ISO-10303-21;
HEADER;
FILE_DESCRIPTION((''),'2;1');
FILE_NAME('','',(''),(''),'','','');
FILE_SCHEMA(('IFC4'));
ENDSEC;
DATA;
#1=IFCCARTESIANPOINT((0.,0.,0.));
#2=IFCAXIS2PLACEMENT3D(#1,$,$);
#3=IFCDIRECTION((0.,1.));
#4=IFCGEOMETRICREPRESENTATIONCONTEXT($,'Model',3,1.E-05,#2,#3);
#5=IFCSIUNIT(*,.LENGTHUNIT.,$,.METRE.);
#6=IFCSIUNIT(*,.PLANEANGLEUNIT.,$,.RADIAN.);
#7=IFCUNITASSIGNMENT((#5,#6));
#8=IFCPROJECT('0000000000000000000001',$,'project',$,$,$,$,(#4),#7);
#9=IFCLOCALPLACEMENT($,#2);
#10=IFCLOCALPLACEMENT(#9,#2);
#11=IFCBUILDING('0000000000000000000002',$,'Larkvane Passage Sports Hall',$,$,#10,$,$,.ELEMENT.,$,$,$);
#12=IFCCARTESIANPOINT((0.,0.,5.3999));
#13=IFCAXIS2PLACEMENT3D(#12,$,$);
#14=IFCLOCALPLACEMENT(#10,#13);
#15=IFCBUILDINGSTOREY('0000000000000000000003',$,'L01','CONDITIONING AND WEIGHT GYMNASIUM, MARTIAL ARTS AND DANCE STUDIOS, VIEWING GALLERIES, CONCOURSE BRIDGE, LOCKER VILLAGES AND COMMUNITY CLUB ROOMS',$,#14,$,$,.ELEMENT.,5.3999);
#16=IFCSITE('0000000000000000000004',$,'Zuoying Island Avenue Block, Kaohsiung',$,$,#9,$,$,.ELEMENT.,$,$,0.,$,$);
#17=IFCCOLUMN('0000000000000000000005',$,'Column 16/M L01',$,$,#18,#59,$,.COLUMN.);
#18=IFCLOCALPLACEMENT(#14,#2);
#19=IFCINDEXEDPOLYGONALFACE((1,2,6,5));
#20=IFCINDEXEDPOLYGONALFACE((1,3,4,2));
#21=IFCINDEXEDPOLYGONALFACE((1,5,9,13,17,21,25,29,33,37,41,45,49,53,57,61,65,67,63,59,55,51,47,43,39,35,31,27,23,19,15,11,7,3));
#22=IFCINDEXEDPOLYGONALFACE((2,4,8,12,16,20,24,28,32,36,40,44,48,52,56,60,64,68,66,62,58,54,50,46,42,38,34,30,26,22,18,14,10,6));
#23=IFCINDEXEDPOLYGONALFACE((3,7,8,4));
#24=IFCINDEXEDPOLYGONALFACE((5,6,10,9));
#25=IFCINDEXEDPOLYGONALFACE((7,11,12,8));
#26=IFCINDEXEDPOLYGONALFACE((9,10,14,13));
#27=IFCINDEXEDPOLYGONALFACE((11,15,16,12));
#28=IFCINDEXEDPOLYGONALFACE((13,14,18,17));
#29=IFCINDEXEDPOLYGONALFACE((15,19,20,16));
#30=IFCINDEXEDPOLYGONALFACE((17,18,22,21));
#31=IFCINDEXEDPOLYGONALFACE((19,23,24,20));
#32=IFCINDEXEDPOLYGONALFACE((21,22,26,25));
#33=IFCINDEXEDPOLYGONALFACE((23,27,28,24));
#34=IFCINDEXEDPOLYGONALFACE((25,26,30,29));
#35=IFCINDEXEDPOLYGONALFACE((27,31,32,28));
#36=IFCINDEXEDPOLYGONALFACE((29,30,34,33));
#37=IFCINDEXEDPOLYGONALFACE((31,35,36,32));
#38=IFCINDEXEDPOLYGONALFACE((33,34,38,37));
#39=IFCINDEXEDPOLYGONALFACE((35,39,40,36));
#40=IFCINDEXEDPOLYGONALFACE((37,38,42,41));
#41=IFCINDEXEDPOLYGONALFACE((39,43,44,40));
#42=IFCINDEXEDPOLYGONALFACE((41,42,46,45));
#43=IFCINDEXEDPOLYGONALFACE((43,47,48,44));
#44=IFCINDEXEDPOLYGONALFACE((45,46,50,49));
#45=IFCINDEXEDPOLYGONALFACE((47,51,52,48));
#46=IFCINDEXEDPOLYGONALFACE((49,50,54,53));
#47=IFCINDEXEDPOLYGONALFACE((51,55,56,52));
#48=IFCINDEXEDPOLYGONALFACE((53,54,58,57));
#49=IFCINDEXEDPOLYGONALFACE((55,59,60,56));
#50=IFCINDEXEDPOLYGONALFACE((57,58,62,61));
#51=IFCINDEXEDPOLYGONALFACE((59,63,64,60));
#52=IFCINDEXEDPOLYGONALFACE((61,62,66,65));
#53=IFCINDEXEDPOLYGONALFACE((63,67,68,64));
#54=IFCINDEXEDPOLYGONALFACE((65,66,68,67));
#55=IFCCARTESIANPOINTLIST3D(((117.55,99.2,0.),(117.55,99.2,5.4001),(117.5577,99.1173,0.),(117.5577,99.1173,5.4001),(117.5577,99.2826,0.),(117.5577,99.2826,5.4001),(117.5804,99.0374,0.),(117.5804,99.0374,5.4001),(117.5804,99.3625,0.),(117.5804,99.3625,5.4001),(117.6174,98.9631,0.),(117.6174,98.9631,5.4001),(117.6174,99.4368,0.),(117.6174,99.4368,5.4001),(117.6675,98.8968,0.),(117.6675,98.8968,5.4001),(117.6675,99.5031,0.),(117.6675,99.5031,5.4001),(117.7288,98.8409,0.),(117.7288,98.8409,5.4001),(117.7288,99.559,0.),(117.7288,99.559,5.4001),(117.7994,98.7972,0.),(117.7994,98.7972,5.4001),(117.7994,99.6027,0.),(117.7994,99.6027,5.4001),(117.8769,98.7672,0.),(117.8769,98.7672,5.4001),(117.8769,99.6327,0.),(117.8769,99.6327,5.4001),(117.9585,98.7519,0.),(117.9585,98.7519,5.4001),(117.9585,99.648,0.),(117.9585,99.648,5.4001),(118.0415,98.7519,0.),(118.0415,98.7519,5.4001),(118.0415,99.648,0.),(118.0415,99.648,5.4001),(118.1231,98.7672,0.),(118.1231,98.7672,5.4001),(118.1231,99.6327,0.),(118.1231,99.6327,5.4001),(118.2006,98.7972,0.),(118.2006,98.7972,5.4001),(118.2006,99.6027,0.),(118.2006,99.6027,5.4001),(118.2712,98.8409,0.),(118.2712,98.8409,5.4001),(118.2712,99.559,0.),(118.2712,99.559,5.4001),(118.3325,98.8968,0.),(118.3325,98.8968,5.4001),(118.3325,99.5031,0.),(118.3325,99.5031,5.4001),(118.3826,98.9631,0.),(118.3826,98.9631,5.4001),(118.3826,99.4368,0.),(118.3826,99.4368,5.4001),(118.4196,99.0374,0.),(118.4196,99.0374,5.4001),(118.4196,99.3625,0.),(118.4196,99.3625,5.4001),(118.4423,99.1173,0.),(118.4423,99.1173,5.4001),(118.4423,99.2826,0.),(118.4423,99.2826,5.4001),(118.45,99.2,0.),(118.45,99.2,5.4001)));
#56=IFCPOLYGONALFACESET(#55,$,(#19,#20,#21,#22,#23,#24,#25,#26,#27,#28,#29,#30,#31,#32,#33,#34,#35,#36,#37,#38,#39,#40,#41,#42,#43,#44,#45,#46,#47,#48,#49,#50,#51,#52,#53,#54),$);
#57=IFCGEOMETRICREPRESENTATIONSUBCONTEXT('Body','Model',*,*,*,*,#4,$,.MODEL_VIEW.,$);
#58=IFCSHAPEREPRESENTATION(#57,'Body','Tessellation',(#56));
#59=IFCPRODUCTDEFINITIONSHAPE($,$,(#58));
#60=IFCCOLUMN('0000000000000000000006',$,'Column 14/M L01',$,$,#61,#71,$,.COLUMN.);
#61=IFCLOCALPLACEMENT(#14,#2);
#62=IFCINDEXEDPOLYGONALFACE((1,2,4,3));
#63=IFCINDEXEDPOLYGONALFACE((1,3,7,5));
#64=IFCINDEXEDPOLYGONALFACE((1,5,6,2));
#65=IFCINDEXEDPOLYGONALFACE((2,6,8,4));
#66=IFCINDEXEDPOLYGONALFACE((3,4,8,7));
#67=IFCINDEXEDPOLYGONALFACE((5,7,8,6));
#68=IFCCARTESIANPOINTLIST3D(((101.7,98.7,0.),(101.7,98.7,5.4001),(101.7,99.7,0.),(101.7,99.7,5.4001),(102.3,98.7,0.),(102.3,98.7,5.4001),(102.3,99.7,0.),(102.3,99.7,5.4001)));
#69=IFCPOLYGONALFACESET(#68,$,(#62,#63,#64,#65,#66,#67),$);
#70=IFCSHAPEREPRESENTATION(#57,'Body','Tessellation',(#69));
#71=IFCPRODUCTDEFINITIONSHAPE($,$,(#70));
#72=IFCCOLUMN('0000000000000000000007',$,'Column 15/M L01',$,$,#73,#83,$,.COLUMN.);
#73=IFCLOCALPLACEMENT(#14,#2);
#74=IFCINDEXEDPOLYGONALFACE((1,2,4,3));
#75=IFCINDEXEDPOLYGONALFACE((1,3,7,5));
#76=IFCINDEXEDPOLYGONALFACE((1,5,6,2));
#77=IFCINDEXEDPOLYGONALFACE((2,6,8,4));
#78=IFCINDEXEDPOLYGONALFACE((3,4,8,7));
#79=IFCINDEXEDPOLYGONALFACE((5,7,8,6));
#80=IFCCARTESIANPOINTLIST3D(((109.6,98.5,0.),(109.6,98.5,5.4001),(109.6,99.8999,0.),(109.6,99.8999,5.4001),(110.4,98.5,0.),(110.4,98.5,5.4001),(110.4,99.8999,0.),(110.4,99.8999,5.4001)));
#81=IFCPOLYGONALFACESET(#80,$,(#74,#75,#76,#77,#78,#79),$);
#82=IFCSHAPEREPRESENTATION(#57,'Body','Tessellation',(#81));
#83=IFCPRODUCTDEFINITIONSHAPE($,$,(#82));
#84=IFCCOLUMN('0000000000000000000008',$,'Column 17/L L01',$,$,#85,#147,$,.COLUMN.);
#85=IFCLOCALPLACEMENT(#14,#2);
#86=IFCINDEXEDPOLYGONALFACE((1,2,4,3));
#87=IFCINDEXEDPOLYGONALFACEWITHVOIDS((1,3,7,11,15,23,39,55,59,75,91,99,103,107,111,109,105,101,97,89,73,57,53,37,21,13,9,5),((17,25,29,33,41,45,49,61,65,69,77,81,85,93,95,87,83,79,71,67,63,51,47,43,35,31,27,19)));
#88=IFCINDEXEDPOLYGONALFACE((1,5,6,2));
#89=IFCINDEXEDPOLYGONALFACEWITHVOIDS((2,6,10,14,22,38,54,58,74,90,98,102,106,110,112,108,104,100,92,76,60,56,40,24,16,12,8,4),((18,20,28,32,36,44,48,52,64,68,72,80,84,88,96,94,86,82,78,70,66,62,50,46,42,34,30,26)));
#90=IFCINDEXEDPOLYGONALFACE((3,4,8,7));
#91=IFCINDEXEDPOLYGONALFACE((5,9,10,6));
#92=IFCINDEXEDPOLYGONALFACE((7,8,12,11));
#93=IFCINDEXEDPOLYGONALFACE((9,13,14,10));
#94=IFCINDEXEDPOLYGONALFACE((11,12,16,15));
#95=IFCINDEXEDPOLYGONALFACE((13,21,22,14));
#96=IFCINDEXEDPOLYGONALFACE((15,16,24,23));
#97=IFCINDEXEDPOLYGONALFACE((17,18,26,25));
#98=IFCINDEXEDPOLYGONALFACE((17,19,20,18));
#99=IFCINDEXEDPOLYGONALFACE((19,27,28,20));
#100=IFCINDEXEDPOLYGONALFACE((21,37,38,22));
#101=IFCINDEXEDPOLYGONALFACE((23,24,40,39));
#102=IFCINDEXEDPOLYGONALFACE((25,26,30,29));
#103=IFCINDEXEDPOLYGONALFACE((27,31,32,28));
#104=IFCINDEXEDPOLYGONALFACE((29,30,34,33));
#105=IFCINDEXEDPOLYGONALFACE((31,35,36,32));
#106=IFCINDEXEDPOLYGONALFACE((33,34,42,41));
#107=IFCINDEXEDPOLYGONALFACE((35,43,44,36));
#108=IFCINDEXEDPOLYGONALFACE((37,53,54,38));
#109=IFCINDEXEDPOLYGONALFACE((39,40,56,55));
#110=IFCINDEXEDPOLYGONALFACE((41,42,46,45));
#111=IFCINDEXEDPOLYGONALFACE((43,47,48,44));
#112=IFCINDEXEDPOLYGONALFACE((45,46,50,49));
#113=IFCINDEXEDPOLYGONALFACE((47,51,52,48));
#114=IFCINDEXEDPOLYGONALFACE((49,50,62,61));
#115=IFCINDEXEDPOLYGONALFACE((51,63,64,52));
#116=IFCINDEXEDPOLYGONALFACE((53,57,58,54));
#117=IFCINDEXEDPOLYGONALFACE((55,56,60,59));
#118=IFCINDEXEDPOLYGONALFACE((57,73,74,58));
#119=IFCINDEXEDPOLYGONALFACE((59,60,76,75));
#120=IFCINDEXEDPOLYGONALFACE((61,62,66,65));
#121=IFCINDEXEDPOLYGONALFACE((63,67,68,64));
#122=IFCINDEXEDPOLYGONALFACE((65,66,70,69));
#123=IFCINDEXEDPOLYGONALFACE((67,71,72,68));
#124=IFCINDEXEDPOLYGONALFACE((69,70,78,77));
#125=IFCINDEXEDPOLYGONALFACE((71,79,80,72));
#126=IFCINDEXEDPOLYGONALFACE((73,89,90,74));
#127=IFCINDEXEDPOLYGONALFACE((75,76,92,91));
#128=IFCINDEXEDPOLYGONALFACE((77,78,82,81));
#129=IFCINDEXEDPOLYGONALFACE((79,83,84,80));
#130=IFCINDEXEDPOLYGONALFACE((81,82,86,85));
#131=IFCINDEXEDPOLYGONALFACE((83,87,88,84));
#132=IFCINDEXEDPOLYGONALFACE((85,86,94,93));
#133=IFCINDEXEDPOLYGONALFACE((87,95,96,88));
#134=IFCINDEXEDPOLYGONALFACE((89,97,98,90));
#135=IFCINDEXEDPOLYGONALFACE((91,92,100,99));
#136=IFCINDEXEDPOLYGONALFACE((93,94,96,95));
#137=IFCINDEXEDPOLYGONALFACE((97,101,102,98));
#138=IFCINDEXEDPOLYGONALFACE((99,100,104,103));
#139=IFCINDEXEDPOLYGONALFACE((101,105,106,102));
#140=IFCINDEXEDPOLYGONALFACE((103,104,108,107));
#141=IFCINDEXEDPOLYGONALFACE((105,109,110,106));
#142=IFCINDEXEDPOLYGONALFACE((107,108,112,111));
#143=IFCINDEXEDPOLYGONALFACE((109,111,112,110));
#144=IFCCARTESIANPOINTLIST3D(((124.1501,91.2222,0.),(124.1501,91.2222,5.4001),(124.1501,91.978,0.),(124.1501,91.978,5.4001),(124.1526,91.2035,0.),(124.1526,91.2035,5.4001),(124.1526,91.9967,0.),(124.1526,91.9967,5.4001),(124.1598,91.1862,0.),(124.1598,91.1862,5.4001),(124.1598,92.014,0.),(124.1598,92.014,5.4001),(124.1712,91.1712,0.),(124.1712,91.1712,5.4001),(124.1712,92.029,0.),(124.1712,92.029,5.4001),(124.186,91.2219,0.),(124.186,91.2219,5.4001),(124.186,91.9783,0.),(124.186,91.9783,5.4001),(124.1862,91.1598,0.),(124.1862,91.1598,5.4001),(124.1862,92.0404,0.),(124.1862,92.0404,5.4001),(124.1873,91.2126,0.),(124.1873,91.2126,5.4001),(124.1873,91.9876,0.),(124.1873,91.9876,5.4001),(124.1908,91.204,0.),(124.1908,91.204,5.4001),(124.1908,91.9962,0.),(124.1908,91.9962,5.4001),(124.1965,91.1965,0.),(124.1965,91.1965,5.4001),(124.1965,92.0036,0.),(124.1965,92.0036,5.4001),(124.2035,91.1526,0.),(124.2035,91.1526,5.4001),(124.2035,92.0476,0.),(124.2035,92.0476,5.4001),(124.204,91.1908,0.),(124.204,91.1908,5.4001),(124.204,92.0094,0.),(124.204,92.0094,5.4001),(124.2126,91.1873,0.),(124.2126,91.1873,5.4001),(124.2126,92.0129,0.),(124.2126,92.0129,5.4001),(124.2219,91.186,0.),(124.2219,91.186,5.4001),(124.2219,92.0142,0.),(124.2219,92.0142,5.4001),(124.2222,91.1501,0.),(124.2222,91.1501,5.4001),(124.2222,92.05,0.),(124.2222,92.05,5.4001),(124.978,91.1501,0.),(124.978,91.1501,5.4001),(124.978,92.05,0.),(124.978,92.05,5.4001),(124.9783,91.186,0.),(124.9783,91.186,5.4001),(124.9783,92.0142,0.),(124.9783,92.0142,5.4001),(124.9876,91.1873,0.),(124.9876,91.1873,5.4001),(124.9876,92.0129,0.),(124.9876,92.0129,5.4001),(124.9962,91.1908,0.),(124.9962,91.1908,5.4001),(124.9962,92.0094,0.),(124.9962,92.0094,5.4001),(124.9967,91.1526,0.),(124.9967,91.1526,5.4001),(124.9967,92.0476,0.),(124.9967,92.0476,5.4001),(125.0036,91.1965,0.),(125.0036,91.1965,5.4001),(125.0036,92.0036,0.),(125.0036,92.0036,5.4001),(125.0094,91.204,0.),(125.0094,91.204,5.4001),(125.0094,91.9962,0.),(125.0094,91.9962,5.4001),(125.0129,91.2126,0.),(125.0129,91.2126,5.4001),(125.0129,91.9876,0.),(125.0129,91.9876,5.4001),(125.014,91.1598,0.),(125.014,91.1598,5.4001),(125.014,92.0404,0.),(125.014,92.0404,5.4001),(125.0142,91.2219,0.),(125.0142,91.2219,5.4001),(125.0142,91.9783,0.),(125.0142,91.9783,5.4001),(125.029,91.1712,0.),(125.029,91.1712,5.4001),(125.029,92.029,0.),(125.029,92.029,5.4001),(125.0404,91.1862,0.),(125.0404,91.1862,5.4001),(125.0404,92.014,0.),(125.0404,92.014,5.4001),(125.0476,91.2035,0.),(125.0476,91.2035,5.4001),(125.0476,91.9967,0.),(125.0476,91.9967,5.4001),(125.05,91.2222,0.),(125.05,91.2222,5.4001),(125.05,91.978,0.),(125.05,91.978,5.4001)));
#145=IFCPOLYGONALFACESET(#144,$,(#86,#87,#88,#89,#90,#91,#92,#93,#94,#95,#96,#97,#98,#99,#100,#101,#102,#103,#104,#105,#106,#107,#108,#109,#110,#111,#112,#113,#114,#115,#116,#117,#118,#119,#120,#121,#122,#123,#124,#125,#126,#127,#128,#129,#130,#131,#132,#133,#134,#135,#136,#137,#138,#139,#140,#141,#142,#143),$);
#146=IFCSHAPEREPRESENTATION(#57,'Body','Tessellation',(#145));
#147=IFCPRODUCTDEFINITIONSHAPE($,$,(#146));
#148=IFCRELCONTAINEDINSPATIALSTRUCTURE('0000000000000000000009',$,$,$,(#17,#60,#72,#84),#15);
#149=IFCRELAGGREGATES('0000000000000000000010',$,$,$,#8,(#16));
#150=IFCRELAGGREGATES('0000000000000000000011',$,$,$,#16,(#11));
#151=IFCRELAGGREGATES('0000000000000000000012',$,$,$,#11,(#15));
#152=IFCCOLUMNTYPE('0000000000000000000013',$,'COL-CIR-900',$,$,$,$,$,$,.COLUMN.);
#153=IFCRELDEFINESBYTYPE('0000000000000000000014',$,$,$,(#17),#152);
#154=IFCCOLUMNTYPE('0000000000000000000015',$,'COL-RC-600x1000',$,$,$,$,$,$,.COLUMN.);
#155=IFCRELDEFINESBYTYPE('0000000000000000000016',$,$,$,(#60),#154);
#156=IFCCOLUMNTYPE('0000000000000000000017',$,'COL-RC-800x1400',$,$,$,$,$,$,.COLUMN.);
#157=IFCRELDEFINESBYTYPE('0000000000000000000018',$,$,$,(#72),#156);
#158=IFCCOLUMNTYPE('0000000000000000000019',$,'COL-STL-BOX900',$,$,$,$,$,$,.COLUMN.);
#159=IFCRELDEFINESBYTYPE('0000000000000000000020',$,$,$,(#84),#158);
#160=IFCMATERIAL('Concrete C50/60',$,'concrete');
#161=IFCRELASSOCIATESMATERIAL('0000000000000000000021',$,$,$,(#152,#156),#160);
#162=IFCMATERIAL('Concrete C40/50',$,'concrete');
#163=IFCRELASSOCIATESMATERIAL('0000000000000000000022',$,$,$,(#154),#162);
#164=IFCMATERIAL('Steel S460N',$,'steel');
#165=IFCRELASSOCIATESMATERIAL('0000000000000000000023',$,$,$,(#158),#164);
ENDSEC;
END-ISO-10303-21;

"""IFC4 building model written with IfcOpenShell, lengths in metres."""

from ifc_helpers import new_model, si_unit, direction, frame, origin, origin_2d, place, context, subcontext, project, spatial, rectangle, hollow_rectangle, circle, extrude, material, material_profile, profile_set, type_object, element, save


model = new_model("IFC4")

# Units and contexts
model_context = context("Model", 3, precision=1e-05, world=origin(), true_north=direction((0.0, 1.0)))
body_context = subcontext(model_context, "Body", "Model", "MODEL_VIEW")
ifc_project = project(units=[si_unit("LENGTHUNIT", "METRE"), si_unit("PLANEANGLEUNIT", "RADIAN")], contexts=[model_context])

# Site, building, storey
site_placement = place(None, origin())
site = spatial("IfcSite", under=ifc_project, at=site_placement, Name="Zuoying Island Avenue Block, Kaohsiung", CompositionType="ELEMENT", RefElevation=0.0)
building_placement = place(site_placement, origin())
building = spatial("IfcBuilding", under=site, at=building_placement, Name="Larkvane Passage Sports Hall", CompositionType="ELEMENT")
storey_placement = place(building_placement, frame((0.0, 0.0, 5.3999)))
storey = spatial("IfcBuildingStorey", under=building, at=storey_placement, Name="L01", Description="CONDITIONING AND WEIGHT GYMNASIUM, MARTIAL ARTS AND DANCE STUDIOS, VIEWING GALLERIES, CONCOURSE BRIDGE, LOCKER VILLAGES AND COMMUNITY CLUB ROOMS", CompositionType="ELEMENT", Elevation=5.3999)

# Columns
ifc_material_1 = material(Name="Concrete C50/60", Category="concrete")
ifc_material_profile_1 = material_profile(ifc_material_1, circle(Radius=0.45, at=origin_2d()), Name="RC-CIR-900")
ifc_profile_set_1 = profile_set([ifc_material_profile_1], Name="Concrete C50/60")
column_type_1 = type_object("IfcColumnType", Name="COL-CIR-900", PredefinedType="COLUMN", material=ifc_profile_set_1)
column_1_placement = place(storey_placement, frame((118.0, 99.2, 0.0), z_axis=(0.0, 0.0, 1.0), x_axis=(1.0, 0.0, 0.0)))
element("IfcColumn", 1, at=column_1_placement, inside=storey, type_object=column_type_1, Name="Column 16/M L01", PredefinedType="COLUMN", context=body_context, shape_type="SweptSolid", body=[
    extrude(circle(Radius=0.45, at=origin_2d()), origin(), (0.0, 0.0, 1.0), 5.4001),
])
ifc_material_2 = material(Name="Concrete C40/50", Category="concrete")
ifc_material_profile_2 = material_profile(ifc_material_2, rectangle(XDim=0.6001, YDim=1.0, at=origin_2d()), Name="RC-COL-600x1000")
ifc_profile_set_2 = profile_set([ifc_material_profile_2], Name="Concrete C40/50")
column_type_2 = type_object("IfcColumnType", Name="COL-RC-600x1000", PredefinedType="COLUMN", material=ifc_profile_set_2)
column_2_placement = place(storey_placement, frame((102.0, 99.2, 0.0), z_axis=(0.0, 0.0, 1.0), x_axis=(1.0, 0.0, 0.0)))
element("IfcColumn", 2, at=column_2_placement, inside=storey, type_object=column_type_2, Name="Column 14/M L01", PredefinedType="COLUMN", context=body_context, shape_type="SweptSolid", body=[
    extrude(rectangle(XDim=0.6001, YDim=1.0, at=origin_2d()), origin(), (0.0, 0.0, 1.0), 5.4001),
])
ifc_material_profile_3 = material_profile(ifc_material_1, rectangle(XDim=0.8, YDim=1.3999, at=origin_2d()), Name="RC-COL-800x1400")
ifc_profile_set_3 = profile_set([ifc_material_profile_3], Name="Concrete C50/60")
column_type_3 = type_object("IfcColumnType", Name="COL-RC-800x1400", PredefinedType="COLUMN", material=ifc_profile_set_3)
column_3_placement = place(storey_placement, frame((110.0, 99.2, 0.0), z_axis=(0.0, 0.0, 1.0), x_axis=(1.0, 0.0, 0.0)))
element("IfcColumn", 3, at=column_3_placement, inside=storey, type_object=column_type_3, Name="Column 15/M L01", PredefinedType="COLUMN", context=body_context, shape_type="SweptSolid", body=[
    extrude(rectangle(XDim=0.8, YDim=1.3999, at=origin_2d()), origin(), (0.0, 0.0, 1.0), 5.4001),
])
ifc_material_3 = material(Name="Steel S460N", Category="steel")
ifc_material_profile_4 = material_profile(ifc_material_3, hollow_rectangle(XDim=0.8999, YDim=0.8999, WallThickness=0.0359, InnerFilletRadius=0.0359, OuterFilletRadius=0.072, at=origin_2d()), Name="BOX-900x900x36")
ifc_profile_set_4 = profile_set([ifc_material_profile_4], Name="Steel S460N")
column_type_4 = type_object("IfcColumnType", Name="COL-STL-BOX900", PredefinedType="COLUMN", material=ifc_profile_set_4)
column_4_placement = place(storey_placement, frame((124.6001, 91.6001, 0.0), z_axis=(0.0, 0.0, 1.0), x_axis=(1.0, 0.0, 0.0)))
element("IfcColumn", 4, at=column_4_placement, inside=storey, type_object=column_type_4, Name="Column 17/L L01", PredefinedType="COLUMN", context=body_context, shape_type="SweptSolid", body=[
    extrude(hollow_rectangle(XDim=0.8999, YDim=0.8999, WallThickness=0.0359, InnerFilletRadius=0.0359, OuterFilletRadius=0.072, at=origin_2d()), origin(), (0.0, 0.0, 1.0), 5.4001),
])

save(model, "model.ifc")
